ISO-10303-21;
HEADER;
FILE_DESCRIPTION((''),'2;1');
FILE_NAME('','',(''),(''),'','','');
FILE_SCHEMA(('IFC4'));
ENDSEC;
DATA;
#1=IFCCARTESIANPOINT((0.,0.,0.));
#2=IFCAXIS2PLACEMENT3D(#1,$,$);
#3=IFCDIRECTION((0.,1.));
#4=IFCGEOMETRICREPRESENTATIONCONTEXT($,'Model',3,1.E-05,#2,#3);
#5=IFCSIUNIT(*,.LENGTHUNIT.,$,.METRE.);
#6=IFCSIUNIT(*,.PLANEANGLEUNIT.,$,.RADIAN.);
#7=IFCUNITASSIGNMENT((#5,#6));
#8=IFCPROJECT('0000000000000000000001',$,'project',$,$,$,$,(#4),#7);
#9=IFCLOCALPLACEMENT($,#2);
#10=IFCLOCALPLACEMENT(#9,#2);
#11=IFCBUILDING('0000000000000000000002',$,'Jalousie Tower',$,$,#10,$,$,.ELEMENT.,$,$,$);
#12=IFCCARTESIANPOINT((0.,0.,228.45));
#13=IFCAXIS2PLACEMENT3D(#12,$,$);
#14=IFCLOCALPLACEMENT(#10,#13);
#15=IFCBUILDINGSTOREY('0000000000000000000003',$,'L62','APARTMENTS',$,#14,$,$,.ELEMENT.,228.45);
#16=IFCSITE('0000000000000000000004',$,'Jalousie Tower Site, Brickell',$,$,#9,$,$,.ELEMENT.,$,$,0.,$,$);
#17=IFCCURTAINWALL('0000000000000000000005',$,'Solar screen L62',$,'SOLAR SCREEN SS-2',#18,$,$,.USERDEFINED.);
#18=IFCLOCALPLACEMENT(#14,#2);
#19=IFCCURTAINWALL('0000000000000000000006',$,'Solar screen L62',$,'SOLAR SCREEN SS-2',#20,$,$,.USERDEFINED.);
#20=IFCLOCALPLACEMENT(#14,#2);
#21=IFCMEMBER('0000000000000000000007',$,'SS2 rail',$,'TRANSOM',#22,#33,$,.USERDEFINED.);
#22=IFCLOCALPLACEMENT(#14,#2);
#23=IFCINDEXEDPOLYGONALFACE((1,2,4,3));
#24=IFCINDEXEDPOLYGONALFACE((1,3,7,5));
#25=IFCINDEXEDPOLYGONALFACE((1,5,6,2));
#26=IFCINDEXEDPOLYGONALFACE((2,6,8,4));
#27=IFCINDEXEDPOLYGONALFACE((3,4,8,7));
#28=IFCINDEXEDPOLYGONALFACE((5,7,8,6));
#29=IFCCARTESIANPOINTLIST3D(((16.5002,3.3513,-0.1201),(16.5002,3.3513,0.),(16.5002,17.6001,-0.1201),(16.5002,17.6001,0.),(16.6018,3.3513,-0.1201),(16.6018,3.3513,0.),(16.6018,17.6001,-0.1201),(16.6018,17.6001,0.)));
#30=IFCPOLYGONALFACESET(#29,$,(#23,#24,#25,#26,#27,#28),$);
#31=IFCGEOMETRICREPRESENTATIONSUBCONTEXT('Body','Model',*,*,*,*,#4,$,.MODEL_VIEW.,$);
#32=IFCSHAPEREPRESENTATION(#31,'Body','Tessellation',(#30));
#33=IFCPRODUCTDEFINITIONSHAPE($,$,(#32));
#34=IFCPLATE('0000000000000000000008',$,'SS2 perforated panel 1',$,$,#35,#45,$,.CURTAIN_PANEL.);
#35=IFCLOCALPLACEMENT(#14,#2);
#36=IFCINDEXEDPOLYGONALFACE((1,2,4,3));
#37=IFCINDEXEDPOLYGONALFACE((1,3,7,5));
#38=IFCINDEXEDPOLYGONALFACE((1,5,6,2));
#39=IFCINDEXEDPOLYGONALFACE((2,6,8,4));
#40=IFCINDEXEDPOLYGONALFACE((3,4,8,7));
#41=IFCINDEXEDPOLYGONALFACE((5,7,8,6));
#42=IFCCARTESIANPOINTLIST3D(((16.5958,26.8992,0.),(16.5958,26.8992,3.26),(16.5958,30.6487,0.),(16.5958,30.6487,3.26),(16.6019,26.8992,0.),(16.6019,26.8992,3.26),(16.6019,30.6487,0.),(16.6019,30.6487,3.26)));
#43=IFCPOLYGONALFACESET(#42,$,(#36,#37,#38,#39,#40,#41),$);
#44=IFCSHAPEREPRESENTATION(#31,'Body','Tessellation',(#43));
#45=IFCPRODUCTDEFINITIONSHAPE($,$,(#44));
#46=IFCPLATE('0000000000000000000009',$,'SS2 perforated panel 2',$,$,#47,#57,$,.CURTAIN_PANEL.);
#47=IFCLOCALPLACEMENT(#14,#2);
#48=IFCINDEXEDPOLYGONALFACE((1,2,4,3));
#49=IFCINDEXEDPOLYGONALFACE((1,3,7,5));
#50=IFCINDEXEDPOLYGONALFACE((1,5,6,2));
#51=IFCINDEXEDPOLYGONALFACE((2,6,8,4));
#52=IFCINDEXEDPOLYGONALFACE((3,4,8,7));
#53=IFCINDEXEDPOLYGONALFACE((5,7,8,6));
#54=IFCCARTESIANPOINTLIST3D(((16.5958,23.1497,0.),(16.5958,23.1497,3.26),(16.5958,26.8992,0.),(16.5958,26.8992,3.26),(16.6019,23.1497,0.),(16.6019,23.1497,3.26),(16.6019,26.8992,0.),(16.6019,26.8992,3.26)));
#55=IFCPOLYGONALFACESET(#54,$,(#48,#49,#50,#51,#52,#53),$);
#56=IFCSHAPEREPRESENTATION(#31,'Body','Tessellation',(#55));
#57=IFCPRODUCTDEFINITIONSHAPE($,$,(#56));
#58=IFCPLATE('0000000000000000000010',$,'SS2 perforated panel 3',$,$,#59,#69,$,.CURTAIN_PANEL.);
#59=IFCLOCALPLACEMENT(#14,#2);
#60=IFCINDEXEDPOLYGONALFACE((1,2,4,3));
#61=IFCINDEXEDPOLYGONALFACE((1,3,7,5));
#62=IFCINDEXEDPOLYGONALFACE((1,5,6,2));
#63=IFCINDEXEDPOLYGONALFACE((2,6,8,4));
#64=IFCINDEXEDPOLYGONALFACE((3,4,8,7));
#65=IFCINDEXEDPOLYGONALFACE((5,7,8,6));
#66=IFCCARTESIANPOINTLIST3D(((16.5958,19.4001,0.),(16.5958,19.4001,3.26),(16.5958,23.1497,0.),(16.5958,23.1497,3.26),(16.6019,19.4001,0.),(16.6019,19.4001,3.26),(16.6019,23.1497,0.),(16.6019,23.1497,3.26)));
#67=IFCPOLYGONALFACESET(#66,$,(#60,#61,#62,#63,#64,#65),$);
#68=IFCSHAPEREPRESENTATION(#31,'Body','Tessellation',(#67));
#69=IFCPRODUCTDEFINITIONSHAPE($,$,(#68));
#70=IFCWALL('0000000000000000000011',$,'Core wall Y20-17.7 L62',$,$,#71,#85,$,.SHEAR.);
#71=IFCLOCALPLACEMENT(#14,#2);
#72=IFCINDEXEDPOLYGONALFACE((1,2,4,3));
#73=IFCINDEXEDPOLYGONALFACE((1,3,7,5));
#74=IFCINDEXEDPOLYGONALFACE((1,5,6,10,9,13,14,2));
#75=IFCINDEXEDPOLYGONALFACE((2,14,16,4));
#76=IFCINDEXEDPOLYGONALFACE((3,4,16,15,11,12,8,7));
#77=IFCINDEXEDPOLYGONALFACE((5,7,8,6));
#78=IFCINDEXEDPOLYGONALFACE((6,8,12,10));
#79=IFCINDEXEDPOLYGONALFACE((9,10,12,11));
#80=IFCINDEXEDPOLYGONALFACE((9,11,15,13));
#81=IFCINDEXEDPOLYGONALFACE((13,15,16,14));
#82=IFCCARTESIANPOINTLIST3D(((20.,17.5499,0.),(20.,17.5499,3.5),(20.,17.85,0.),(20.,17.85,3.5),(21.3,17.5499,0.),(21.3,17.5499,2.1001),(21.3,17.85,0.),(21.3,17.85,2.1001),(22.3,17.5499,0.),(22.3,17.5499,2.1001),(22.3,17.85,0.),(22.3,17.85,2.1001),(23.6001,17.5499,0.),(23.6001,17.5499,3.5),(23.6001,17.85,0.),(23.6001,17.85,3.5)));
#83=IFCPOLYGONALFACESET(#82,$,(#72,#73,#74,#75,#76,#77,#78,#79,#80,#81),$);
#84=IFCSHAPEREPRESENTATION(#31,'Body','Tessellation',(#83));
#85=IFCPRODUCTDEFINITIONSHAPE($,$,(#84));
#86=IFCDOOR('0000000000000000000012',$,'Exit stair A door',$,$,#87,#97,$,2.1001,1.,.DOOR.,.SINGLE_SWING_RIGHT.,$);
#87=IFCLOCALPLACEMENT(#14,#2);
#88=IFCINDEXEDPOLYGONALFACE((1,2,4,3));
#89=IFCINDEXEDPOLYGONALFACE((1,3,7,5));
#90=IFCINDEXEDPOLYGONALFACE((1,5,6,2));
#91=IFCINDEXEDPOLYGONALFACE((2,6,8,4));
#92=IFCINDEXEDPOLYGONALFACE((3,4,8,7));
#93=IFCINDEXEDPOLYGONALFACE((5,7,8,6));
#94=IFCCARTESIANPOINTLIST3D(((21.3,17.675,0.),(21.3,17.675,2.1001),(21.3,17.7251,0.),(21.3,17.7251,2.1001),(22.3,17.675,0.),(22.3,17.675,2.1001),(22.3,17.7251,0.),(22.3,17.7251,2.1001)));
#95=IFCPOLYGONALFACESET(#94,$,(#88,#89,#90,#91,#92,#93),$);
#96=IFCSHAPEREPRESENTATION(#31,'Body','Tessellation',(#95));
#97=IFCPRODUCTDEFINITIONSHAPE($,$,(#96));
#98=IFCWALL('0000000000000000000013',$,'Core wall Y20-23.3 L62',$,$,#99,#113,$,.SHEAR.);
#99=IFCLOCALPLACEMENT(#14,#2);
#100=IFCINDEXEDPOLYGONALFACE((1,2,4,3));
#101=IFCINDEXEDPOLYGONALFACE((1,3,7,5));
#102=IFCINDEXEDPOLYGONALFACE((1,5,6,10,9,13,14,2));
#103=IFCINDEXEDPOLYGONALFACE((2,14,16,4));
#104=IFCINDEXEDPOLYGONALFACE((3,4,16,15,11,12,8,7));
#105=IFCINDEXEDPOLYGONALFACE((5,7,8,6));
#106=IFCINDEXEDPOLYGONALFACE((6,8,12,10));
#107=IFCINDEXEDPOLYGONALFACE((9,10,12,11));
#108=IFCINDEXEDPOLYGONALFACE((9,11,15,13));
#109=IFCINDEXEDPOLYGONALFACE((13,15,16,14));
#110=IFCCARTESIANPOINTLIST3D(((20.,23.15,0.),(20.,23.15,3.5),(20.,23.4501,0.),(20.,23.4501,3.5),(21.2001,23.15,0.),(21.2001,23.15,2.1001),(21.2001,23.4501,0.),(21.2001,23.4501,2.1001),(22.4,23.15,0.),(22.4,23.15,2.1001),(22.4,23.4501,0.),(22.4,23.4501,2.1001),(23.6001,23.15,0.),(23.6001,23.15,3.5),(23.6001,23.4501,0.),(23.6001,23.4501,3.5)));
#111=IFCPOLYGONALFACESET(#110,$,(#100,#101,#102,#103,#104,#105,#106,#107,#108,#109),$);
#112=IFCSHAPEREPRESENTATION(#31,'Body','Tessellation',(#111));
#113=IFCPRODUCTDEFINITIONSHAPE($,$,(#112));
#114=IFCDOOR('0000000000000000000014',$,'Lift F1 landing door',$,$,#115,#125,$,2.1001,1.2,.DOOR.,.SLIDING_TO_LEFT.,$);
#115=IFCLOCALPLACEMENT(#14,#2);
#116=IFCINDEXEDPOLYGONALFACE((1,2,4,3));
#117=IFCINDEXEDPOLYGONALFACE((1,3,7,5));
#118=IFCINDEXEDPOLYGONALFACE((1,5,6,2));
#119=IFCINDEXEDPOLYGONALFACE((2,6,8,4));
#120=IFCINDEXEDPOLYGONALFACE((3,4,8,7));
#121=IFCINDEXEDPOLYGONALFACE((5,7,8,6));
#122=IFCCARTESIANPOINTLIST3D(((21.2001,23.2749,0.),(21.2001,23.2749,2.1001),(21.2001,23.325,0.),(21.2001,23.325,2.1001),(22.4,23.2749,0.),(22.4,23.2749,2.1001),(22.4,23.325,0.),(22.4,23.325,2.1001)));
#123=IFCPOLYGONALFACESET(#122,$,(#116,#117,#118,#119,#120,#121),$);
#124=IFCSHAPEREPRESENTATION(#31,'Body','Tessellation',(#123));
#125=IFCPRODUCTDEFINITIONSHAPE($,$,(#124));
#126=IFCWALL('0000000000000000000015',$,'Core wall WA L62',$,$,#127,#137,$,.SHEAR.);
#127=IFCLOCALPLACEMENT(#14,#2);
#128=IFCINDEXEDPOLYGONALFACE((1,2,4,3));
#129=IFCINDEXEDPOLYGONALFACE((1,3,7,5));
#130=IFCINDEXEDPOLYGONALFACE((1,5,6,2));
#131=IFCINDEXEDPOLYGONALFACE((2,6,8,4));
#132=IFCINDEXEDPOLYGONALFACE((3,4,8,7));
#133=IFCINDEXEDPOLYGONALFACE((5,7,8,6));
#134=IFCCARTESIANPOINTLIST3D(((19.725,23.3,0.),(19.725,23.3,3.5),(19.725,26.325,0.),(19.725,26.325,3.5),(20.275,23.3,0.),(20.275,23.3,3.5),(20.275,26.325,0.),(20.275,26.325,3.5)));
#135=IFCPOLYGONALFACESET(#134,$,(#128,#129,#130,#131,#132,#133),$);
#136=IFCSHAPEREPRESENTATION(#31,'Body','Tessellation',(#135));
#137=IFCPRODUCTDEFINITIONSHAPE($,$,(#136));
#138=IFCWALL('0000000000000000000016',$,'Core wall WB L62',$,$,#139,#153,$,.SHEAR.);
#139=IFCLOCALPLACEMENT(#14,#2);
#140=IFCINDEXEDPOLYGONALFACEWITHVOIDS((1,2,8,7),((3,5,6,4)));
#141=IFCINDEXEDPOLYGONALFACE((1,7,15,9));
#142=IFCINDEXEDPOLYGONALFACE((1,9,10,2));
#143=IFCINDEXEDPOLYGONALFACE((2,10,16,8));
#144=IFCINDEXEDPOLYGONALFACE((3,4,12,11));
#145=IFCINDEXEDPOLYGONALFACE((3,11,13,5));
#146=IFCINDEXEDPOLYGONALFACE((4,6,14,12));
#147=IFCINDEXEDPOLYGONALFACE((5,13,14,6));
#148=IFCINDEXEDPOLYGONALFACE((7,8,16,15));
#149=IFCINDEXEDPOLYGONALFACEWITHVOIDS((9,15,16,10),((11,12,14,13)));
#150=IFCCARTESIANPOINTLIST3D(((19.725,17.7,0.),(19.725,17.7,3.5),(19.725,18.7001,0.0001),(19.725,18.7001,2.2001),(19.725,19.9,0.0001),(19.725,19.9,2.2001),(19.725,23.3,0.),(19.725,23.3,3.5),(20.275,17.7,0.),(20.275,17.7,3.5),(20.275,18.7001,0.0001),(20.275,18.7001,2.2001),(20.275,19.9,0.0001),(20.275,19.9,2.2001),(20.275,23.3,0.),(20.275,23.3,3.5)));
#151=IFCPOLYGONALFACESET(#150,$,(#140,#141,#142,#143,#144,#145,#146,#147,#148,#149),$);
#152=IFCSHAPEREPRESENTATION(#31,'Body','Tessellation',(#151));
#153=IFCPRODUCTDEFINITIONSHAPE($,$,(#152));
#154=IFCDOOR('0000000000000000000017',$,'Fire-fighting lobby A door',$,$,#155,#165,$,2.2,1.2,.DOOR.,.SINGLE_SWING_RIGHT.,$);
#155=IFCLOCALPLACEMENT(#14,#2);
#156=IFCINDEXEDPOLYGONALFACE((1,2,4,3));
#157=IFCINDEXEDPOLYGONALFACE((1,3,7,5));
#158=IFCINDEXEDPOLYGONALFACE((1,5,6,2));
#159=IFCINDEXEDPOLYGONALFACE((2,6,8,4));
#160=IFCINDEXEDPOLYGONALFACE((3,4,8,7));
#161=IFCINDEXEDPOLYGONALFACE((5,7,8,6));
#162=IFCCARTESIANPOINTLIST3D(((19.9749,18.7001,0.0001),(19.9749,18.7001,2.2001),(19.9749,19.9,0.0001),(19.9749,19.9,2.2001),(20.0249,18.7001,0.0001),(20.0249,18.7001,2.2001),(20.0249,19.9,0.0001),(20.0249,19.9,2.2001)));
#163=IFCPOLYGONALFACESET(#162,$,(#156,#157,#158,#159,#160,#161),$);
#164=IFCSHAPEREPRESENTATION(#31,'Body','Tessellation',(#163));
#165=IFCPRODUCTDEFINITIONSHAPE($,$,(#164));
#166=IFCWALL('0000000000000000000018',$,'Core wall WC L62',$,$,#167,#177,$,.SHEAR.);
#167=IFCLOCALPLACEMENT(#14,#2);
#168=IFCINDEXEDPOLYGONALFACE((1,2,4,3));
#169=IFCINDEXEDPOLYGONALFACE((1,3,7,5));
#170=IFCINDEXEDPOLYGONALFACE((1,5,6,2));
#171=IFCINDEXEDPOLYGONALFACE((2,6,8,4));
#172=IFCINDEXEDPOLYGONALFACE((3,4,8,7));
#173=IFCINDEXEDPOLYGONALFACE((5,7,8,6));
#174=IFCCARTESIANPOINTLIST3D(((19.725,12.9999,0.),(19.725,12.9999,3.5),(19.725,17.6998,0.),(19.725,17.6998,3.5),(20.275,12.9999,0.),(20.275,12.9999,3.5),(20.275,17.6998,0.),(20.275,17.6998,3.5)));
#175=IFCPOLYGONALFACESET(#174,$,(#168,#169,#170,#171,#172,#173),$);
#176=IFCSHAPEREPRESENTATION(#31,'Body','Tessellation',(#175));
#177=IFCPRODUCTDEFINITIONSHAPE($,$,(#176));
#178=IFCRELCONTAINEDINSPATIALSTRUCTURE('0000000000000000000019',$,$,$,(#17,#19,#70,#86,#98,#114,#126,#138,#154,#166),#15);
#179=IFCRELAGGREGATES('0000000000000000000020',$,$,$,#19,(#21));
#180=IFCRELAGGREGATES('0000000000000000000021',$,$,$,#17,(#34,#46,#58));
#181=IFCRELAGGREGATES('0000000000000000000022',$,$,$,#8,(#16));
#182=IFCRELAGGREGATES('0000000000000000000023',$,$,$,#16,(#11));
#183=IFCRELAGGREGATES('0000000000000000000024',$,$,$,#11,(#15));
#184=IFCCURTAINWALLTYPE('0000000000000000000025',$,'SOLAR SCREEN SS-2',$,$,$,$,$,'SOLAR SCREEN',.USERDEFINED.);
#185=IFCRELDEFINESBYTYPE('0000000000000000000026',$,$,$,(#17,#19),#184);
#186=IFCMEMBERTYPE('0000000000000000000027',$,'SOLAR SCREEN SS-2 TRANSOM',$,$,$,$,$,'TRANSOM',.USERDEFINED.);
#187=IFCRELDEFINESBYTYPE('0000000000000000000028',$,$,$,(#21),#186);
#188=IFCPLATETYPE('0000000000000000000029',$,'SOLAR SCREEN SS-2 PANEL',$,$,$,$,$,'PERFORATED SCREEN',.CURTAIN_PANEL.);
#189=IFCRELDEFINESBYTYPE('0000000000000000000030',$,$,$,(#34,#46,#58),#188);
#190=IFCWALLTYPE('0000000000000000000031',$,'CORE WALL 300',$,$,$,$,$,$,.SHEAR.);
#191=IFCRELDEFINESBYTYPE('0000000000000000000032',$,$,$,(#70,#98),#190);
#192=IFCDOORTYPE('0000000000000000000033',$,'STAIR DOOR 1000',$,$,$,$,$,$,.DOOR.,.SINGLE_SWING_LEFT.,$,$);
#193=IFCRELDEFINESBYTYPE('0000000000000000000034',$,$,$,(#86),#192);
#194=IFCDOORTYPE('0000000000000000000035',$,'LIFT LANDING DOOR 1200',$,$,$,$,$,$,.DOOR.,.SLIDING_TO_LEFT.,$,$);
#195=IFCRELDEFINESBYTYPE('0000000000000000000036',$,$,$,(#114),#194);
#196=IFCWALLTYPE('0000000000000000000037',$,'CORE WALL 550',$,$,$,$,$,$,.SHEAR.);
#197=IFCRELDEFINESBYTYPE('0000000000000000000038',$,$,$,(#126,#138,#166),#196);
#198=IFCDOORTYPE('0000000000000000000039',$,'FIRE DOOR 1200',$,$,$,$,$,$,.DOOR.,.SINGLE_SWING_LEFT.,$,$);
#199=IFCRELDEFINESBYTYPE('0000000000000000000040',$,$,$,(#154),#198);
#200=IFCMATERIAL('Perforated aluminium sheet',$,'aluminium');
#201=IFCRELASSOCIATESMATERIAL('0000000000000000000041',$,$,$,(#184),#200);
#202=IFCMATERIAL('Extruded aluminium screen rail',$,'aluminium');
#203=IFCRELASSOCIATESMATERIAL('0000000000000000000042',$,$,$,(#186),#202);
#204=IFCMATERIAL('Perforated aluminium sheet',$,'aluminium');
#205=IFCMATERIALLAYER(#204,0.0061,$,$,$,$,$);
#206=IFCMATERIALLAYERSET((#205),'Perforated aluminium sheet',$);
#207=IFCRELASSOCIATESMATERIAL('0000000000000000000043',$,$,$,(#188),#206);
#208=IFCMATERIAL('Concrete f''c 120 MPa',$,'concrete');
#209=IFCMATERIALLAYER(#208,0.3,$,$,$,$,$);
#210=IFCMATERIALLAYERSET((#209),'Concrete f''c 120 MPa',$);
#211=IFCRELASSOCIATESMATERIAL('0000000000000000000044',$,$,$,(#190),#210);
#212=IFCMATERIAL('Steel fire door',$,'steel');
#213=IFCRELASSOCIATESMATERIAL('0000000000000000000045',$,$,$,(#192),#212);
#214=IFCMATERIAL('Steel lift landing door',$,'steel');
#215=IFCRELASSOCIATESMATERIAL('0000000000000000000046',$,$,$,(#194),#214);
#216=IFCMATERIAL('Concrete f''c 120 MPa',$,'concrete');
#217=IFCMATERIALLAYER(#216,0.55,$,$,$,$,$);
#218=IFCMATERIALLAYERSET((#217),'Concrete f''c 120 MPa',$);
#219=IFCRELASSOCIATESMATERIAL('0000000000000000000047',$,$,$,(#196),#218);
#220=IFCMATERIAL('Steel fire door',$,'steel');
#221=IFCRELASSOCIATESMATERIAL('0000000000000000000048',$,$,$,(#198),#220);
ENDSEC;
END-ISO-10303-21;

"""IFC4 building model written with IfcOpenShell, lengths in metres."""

from ifc_helpers import new_model, si_unit, direction, frame, frame_2d, origin, origin_2d, place, context, subcontext, project, spatial, rectangle, extrude, material, layer, layer_set, material_profile, profile_set, type_object, element, fill, aggregate, save


model = new_model("IFC4")

# Units and contexts
model_context = context("Model", 3, precision=1e-05, world=origin(), true_north=direction((0.0, 1.0)))
body_context = subcontext(model_context, "Body", "Model", "MODEL_VIEW")
ifc_project = project(units=[si_unit("LENGTHUNIT", "METRE"), si_unit("PLANEANGLEUNIT", "RADIAN")], contexts=[model_context])

# Site, building, storey
site_placement = place(None, origin())
site = spatial("IfcSite", under=ifc_project, at=site_placement, Name="Jalousie Tower Site, Brickell", CompositionType="ELEMENT", RefElevation=0.0)
building_placement = place(site_placement, origin())
building = spatial("IfcBuilding", under=site, at=building_placement, Name="Jalousie Tower", CompositionType="ELEMENT")
storey_placement = place(building_placement, frame((0.0, 0.0, 228.45)))
storey = spatial("IfcBuildingStorey", under=building, at=storey_placement, Name="L62", Description="APARTMENTS", CompositionType="ELEMENT", Elevation=228.45)

# Curtain walls, member
ifc_material_1 = material(Name="Perforated aluminium sheet", Category="aluminium")
curtain_wall_type = type_object("IfcCurtainWallType", Name="SOLAR SCREEN SS-2", ElementType="SOLAR SCREEN", PredefinedType="USERDEFINED", material=ifc_material_1)
curtain_wall_1_placement = place(storey_placement, origin())
curtain_wall_1 = element("IfcCurtainWall", 1, at=curtain_wall_1_placement, inside=storey, type_object=curtain_wall_type, Name="Solar screen L62", ObjectType="SOLAR SCREEN SS-2", PredefinedType="USERDEFINED")
curtain_wall_2_placement = place(storey_placement, origin())
curtain_wall_2 = element("IfcCurtainWall", 2, at=curtain_wall_2_placement, inside=storey, type_object=curtain_wall_type, Name="Solar screen L62", ObjectType="SOLAR SCREEN SS-2", PredefinedType="USERDEFINED")
ifc_material_2 = material(Name="Extruded aluminium screen rail", Category="aluminium")
ifc_material_profile_1 = material_profile(ifc_material_2, rectangle(XDim=0.1016, YDim=0.1201, at=origin_2d()), Name="RAIL 102x120")
ifc_profile_set_1 = profile_set([ifc_material_profile_1], Name="Extruded aluminium screen rail")
member_type_1 = type_object("IfcMemberType", Name="SOLAR SCREEN SS-2 TRANSOM", ElementType="TRANSOM", PredefinedType="USERDEFINED", material=ifc_profile_set_1)
member_1_placement = place(storey_placement, frame((16.551, 17.6001, -0.0601), z_axis=(0.0, -1.0, 0.0), x_axis=(1.0, 0.0, 0.0)))
member_1 = element("IfcMember", 3, at=member_1_placement, type_object=member_type_1, Name="SS2 rail", ObjectType="TRANSOM", PredefinedType="USERDEFINED", context=body_context, shape_type="SweptSolid", body=[
    extrude(rectangle(XDim=0.1016, YDim=0.1201, at=origin_2d()), origin(), (0.0, 0.0, 1.0), 14.2488),
])
aggregate(curtain_wall_2, [member_1])

# Plates
ifc_material_3 = material(Name="Perforated aluminium sheet", Category="aluminium")
ifc_layer_1 = layer(ifc_material_3, 0.0061)
ifc_layer_set_1 = layer_set([ifc_layer_1], Name="Perforated aluminium sheet")
plate_type = type_object("IfcPlateType", Name="SOLAR SCREEN SS-2 PANEL", ElementType="PERFORATED SCREEN", PredefinedType="CURTAIN_PANEL", material=ifc_layer_set_1)
plate_1_placement = place(storey_placement, frame((16.5989, 28.7739, 0.0), z_axis=(0.0, 0.0, 1.0), x_axis=(0.0, -1.0, 0.0)))
plate_1 = element("IfcPlate", 4, at=plate_1_placement, type_object=plate_type, Name="SS2 perforated panel 1", PredefinedType="CURTAIN_PANEL", context=body_context, shape_type="SweptSolid", body=[
    extrude(rectangle(XDim=3.7495, YDim=0.0061, at=origin_2d()), origin(), (0.0, 0.0, 1.0), 3.26),
])
plate_2_placement = place(storey_placement, frame((16.5989, 25.0244, 0.0), z_axis=(0.0, 0.0, 1.0), x_axis=(0.0, -1.0, 0.0)))
plate_2 = element("IfcPlate", 5, at=plate_2_placement, type_object=plate_type, Name="SS2 perforated panel 2", PredefinedType="CURTAIN_PANEL", context=body_context, shape_type="SweptSolid", body=[
    extrude(rectangle(XDim=3.7495, YDim=0.0061, at=origin_2d()), origin(), (0.0, 0.0, 1.0), 3.26),
])
plate_3_placement = place(storey_placement, frame((16.5989, 21.2749, 0.0), z_axis=(0.0, 0.0, 1.0), x_axis=(0.0, -1.0, 0.0)))
plate_3 = element("IfcPlate", 6, at=plate_3_placement, type_object=plate_type, Name="SS2 perforated panel 3", PredefinedType="CURTAIN_PANEL", context=body_context, shape_type="SweptSolid", body=[
    extrude(rectangle(XDim=3.7495, YDim=0.0061, at=origin_2d()), origin(), (0.0, 0.0, 1.0), 3.26),
])
aggregate(curtain_wall_1, [plate_1, plate_2, plate_3])

# Walls, openings, doors
ifc_material_4 = material(Name="Concrete f'c 120 MPa", Category="concrete")
ifc_layer_2 = layer(ifc_material_4, 0.3)
ifc_layer_set_2 = layer_set([ifc_layer_2], Name="Concrete f'c 120 MPa")
wall_type_1 = type_object("IfcWallType", Name="CORE WALL 300", PredefinedType="SHEAR", material=ifc_layer_set_2)
wall_1_placement = place(storey_placement, frame((20.0, 17.7, 0.0), z_axis=(0.0, 0.0, 1.0), x_axis=(1.0, 0.0, 0.0)))
wall_1 = element("IfcWall", 7, at=wall_1_placement, inside=storey, type_object=wall_type_1, Name="Core wall Y20-17.7 L62", PredefinedType="SHEAR", context=body_context, shape_type="SweptSolid", body=[
    extrude(rectangle(XDim=3.6001, YDim=0.3, at=frame_2d((1.8, 0.0))), origin(), (0.0, 0.0, 1.0), 3.5),
])
opening_1_placement = place(wall_1_placement, frame((1.3, 0.0, 0.0)))
opening_1 = element("IfcOpeningElement", 8, at=opening_1_placement, cuts=wall_1, PredefinedType="OPENING", context=body_context, shape_type="SweptSolid", body=[
    extrude(rectangle(XDim=1.0, YDim=2.1001, at=frame_2d((0.5, 1.05))), frame((0.0, 0.1599, 0.0), z_axis=(0.0, -1.0, 0.0), x_axis=(1.0, 0.0, 0.0)), (0.0, 0.0, 1.0), 0.3201),
])
ifc_material_5 = material(Name="Steel fire door", Category="steel")
door_type_1 = type_object("IfcDoorType", Name="STAIR DOOR 1000", OperationType="SINGLE_SWING_LEFT", PredefinedType="DOOR", material=ifc_material_5)
door_1_placement = place(opening_1_placement, frame((1.0, 0.0, 0.0), z_axis=(0.0, 0.0, 1.0), x_axis=(-1.0, 0.0, 0.0)))
door_1 = element("IfcDoor", 9, at=door_1_placement, inside=storey, type_object=door_type_1, Name="Exit stair A door", OperationType="SINGLE_SWING_RIGHT", OverallHeight=2.1001, OverallWidth=1.0, PredefinedType="DOOR", context=body_context, shape_type="SweptSolid", body=[
    extrude(rectangle(XDim=1.0, YDim=2.1001, at=frame_2d((0.5, 1.05))), frame((0.0, 0.0249, 0.0), z_axis=(0.0, -1.0, 0.0), x_axis=(1.0, 0.0, 0.0)), (0.0, 0.0, 1.0), 0.05),
])
fill(opening_1, door_1)
wall_2_placement = place(storey_placement, frame((20.0, 23.3, 0.0), z_axis=(0.0, 0.0, 1.0), x_axis=(1.0, 0.0, 0.0)))
wall_2 = element("IfcWall", 10, at=wall_2_placement, inside=storey, type_object=wall_type_1, Name="Core wall Y20-23.3 L62", PredefinedType="SHEAR", context=body_context, shape_type="SweptSolid", body=[
    extrude(rectangle(XDim=3.6001, YDim=0.3, at=frame_2d((1.8, 0.0))), origin(), (0.0, 0.0, 1.0), 3.5),
])
opening_2_placement = place(wall_2_placement, frame((1.2, 0.0, 0.0)))
opening_2 = element("IfcOpeningElement", 11, at=opening_2_placement, cuts=wall_2, PredefinedType="OPENING", context=body_context, shape_type="SweptSolid", body=[
    extrude(rectangle(XDim=1.2, YDim=2.1001, at=frame_2d((0.6001, 1.05))), frame((0.0, 0.1599, 0.0), z_axis=(0.0, -1.0, 0.0), x_axis=(1.0, 0.0, 0.0)), (0.0, 0.0, 1.0), 0.3201),
])
ifc_material_6 = material(Name="Steel lift landing door", Category="steel")
door_type_2 = type_object("IfcDoorType", Name="LIFT LANDING DOOR 1200", OperationType="SLIDING_TO_LEFT", PredefinedType="DOOR", material=ifc_material_6)
door_2_placement = place(opening_2_placement, origin())
door_2 = element("IfcDoor", 12, at=door_2_placement, inside=storey, type_object=door_type_2, Name="Lift F1 landing door", OperationType="SLIDING_TO_LEFT", OverallHeight=2.1001, OverallWidth=1.2, PredefinedType="DOOR", context=body_context, shape_type="SweptSolid", body=[
    extrude(rectangle(XDim=1.2, YDim=2.1001, at=frame_2d((0.6001, 1.05))), frame((0.0, 0.0249, 0.0), z_axis=(0.0, -1.0, 0.0), x_axis=(1.0, 0.0, 0.0)), (0.0, 0.0, 1.0), 0.05),
])
fill(opening_2, door_2)

# Wall
ifc_material_7 = material(Name="Concrete f'c 120 MPa", Category="concrete")
ifc_layer_3 = layer(ifc_material_7, 0.55)
ifc_layer_set_3 = layer_set([ifc_layer_3], Name="Concrete f'c 120 MPa")
wall_type_2 = type_object("IfcWallType", Name="CORE WALL 550", PredefinedType="SHEAR", material=ifc_layer_set_3)
wall_3_placement = place(storey_placement, frame((20.0, 26.325, 0.0), z_axis=(0.0, 0.0, 1.0), x_axis=(0.0, -1.0, 0.0)))
element("IfcWall", 13, at=wall_3_placement, inside=storey, type_object=wall_type_2, Name="Core wall WA L62", PredefinedType="SHEAR", context=body_context, shape_type="SweptSolid", body=[
    extrude(rectangle(XDim=3.0249, YDim=0.55, at=frame_2d((1.5125, 0.0))), origin(), (0.0, 0.0, 1.0), 3.5),
])

# Wall, opening, door
wall_4_placement = place(storey_placement, frame((20.0, 23.3, 0.0), z_axis=(0.0, 0.0, 1.0), x_axis=(0.0, -1.0, 0.0)))
wall_4 = element("IfcWall", 14, at=wall_4_placement, inside=storey, type_object=wall_type_2, Name="Core wall WB L62", PredefinedType="SHEAR", context=body_context, shape_type="SweptSolid", body=[
    extrude(rectangle(XDim=5.6001, YDim=0.55, at=frame_2d((2.8, 0.0))), origin(), (0.0, 0.0, 1.0), 3.5),
])
opening_3_placement = place(wall_4_placement, frame((3.3999, 0.0, 0.0)))
opening_3 = element("IfcOpeningElement", 15, at=opening_3_placement, cuts=wall_4, PredefinedType="OPENING", context=body_context, shape_type="SweptSolid", body=[
    extrude(rectangle(XDim=1.2, YDim=2.2, at=frame_2d((0.6001, 1.1001))), frame((0.0, 0.2849, 0.0), z_axis=(0.0, -1.0, 0.0), x_axis=(1.0, 0.0, 0.0)), (0.0, 0.0, 1.0), 0.5701),
])
ifc_material_8 = material(Name="Steel fire door", Category="steel")
door_type_3 = type_object("IfcDoorType", Name="FIRE DOOR 1200", OperationType="SINGLE_SWING_LEFT", PredefinedType="DOOR", material=ifc_material_8)
door_3_placement = place(opening_3_placement, origin())
door_3 = element("IfcDoor", 16, at=door_3_placement, inside=storey, type_object=door_type_3, Name="Fire-fighting lobby A door", OperationType="SINGLE_SWING_RIGHT", OverallHeight=2.2, OverallWidth=1.2, PredefinedType="DOOR", context=body_context, shape_type="SweptSolid", body=[
    extrude(rectangle(XDim=1.2, YDim=2.2, at=frame_2d((0.6001, 1.1001))), frame((0.0, 0.0249, 0.0), z_axis=(0.0, -1.0, 0.0), x_axis=(1.0, 0.0, 0.0)), (0.0, 0.0, 1.0), 0.05),
])
fill(opening_3, door_3)

# Wall
wall_5_placement = place(storey_placement, frame((20.0, 17.7, 0.0), z_axis=(0.0, 0.0, 1.0), x_axis=(0.0, -1.0, 0.0)))
element("IfcWall", 17, at=wall_5_placement, inside=storey, type_object=wall_type_2, Name="Core wall WC L62", PredefinedType="SHEAR", context=body_context, shape_type="SweptSolid", body=[
    extrude(rectangle(XDim=4.7, YDim=0.55, at=frame_2d((2.3501, 0.0))), origin(), (0.0, 0.0, 1.0), 3.5),
])

save(model, "model.ifc")
